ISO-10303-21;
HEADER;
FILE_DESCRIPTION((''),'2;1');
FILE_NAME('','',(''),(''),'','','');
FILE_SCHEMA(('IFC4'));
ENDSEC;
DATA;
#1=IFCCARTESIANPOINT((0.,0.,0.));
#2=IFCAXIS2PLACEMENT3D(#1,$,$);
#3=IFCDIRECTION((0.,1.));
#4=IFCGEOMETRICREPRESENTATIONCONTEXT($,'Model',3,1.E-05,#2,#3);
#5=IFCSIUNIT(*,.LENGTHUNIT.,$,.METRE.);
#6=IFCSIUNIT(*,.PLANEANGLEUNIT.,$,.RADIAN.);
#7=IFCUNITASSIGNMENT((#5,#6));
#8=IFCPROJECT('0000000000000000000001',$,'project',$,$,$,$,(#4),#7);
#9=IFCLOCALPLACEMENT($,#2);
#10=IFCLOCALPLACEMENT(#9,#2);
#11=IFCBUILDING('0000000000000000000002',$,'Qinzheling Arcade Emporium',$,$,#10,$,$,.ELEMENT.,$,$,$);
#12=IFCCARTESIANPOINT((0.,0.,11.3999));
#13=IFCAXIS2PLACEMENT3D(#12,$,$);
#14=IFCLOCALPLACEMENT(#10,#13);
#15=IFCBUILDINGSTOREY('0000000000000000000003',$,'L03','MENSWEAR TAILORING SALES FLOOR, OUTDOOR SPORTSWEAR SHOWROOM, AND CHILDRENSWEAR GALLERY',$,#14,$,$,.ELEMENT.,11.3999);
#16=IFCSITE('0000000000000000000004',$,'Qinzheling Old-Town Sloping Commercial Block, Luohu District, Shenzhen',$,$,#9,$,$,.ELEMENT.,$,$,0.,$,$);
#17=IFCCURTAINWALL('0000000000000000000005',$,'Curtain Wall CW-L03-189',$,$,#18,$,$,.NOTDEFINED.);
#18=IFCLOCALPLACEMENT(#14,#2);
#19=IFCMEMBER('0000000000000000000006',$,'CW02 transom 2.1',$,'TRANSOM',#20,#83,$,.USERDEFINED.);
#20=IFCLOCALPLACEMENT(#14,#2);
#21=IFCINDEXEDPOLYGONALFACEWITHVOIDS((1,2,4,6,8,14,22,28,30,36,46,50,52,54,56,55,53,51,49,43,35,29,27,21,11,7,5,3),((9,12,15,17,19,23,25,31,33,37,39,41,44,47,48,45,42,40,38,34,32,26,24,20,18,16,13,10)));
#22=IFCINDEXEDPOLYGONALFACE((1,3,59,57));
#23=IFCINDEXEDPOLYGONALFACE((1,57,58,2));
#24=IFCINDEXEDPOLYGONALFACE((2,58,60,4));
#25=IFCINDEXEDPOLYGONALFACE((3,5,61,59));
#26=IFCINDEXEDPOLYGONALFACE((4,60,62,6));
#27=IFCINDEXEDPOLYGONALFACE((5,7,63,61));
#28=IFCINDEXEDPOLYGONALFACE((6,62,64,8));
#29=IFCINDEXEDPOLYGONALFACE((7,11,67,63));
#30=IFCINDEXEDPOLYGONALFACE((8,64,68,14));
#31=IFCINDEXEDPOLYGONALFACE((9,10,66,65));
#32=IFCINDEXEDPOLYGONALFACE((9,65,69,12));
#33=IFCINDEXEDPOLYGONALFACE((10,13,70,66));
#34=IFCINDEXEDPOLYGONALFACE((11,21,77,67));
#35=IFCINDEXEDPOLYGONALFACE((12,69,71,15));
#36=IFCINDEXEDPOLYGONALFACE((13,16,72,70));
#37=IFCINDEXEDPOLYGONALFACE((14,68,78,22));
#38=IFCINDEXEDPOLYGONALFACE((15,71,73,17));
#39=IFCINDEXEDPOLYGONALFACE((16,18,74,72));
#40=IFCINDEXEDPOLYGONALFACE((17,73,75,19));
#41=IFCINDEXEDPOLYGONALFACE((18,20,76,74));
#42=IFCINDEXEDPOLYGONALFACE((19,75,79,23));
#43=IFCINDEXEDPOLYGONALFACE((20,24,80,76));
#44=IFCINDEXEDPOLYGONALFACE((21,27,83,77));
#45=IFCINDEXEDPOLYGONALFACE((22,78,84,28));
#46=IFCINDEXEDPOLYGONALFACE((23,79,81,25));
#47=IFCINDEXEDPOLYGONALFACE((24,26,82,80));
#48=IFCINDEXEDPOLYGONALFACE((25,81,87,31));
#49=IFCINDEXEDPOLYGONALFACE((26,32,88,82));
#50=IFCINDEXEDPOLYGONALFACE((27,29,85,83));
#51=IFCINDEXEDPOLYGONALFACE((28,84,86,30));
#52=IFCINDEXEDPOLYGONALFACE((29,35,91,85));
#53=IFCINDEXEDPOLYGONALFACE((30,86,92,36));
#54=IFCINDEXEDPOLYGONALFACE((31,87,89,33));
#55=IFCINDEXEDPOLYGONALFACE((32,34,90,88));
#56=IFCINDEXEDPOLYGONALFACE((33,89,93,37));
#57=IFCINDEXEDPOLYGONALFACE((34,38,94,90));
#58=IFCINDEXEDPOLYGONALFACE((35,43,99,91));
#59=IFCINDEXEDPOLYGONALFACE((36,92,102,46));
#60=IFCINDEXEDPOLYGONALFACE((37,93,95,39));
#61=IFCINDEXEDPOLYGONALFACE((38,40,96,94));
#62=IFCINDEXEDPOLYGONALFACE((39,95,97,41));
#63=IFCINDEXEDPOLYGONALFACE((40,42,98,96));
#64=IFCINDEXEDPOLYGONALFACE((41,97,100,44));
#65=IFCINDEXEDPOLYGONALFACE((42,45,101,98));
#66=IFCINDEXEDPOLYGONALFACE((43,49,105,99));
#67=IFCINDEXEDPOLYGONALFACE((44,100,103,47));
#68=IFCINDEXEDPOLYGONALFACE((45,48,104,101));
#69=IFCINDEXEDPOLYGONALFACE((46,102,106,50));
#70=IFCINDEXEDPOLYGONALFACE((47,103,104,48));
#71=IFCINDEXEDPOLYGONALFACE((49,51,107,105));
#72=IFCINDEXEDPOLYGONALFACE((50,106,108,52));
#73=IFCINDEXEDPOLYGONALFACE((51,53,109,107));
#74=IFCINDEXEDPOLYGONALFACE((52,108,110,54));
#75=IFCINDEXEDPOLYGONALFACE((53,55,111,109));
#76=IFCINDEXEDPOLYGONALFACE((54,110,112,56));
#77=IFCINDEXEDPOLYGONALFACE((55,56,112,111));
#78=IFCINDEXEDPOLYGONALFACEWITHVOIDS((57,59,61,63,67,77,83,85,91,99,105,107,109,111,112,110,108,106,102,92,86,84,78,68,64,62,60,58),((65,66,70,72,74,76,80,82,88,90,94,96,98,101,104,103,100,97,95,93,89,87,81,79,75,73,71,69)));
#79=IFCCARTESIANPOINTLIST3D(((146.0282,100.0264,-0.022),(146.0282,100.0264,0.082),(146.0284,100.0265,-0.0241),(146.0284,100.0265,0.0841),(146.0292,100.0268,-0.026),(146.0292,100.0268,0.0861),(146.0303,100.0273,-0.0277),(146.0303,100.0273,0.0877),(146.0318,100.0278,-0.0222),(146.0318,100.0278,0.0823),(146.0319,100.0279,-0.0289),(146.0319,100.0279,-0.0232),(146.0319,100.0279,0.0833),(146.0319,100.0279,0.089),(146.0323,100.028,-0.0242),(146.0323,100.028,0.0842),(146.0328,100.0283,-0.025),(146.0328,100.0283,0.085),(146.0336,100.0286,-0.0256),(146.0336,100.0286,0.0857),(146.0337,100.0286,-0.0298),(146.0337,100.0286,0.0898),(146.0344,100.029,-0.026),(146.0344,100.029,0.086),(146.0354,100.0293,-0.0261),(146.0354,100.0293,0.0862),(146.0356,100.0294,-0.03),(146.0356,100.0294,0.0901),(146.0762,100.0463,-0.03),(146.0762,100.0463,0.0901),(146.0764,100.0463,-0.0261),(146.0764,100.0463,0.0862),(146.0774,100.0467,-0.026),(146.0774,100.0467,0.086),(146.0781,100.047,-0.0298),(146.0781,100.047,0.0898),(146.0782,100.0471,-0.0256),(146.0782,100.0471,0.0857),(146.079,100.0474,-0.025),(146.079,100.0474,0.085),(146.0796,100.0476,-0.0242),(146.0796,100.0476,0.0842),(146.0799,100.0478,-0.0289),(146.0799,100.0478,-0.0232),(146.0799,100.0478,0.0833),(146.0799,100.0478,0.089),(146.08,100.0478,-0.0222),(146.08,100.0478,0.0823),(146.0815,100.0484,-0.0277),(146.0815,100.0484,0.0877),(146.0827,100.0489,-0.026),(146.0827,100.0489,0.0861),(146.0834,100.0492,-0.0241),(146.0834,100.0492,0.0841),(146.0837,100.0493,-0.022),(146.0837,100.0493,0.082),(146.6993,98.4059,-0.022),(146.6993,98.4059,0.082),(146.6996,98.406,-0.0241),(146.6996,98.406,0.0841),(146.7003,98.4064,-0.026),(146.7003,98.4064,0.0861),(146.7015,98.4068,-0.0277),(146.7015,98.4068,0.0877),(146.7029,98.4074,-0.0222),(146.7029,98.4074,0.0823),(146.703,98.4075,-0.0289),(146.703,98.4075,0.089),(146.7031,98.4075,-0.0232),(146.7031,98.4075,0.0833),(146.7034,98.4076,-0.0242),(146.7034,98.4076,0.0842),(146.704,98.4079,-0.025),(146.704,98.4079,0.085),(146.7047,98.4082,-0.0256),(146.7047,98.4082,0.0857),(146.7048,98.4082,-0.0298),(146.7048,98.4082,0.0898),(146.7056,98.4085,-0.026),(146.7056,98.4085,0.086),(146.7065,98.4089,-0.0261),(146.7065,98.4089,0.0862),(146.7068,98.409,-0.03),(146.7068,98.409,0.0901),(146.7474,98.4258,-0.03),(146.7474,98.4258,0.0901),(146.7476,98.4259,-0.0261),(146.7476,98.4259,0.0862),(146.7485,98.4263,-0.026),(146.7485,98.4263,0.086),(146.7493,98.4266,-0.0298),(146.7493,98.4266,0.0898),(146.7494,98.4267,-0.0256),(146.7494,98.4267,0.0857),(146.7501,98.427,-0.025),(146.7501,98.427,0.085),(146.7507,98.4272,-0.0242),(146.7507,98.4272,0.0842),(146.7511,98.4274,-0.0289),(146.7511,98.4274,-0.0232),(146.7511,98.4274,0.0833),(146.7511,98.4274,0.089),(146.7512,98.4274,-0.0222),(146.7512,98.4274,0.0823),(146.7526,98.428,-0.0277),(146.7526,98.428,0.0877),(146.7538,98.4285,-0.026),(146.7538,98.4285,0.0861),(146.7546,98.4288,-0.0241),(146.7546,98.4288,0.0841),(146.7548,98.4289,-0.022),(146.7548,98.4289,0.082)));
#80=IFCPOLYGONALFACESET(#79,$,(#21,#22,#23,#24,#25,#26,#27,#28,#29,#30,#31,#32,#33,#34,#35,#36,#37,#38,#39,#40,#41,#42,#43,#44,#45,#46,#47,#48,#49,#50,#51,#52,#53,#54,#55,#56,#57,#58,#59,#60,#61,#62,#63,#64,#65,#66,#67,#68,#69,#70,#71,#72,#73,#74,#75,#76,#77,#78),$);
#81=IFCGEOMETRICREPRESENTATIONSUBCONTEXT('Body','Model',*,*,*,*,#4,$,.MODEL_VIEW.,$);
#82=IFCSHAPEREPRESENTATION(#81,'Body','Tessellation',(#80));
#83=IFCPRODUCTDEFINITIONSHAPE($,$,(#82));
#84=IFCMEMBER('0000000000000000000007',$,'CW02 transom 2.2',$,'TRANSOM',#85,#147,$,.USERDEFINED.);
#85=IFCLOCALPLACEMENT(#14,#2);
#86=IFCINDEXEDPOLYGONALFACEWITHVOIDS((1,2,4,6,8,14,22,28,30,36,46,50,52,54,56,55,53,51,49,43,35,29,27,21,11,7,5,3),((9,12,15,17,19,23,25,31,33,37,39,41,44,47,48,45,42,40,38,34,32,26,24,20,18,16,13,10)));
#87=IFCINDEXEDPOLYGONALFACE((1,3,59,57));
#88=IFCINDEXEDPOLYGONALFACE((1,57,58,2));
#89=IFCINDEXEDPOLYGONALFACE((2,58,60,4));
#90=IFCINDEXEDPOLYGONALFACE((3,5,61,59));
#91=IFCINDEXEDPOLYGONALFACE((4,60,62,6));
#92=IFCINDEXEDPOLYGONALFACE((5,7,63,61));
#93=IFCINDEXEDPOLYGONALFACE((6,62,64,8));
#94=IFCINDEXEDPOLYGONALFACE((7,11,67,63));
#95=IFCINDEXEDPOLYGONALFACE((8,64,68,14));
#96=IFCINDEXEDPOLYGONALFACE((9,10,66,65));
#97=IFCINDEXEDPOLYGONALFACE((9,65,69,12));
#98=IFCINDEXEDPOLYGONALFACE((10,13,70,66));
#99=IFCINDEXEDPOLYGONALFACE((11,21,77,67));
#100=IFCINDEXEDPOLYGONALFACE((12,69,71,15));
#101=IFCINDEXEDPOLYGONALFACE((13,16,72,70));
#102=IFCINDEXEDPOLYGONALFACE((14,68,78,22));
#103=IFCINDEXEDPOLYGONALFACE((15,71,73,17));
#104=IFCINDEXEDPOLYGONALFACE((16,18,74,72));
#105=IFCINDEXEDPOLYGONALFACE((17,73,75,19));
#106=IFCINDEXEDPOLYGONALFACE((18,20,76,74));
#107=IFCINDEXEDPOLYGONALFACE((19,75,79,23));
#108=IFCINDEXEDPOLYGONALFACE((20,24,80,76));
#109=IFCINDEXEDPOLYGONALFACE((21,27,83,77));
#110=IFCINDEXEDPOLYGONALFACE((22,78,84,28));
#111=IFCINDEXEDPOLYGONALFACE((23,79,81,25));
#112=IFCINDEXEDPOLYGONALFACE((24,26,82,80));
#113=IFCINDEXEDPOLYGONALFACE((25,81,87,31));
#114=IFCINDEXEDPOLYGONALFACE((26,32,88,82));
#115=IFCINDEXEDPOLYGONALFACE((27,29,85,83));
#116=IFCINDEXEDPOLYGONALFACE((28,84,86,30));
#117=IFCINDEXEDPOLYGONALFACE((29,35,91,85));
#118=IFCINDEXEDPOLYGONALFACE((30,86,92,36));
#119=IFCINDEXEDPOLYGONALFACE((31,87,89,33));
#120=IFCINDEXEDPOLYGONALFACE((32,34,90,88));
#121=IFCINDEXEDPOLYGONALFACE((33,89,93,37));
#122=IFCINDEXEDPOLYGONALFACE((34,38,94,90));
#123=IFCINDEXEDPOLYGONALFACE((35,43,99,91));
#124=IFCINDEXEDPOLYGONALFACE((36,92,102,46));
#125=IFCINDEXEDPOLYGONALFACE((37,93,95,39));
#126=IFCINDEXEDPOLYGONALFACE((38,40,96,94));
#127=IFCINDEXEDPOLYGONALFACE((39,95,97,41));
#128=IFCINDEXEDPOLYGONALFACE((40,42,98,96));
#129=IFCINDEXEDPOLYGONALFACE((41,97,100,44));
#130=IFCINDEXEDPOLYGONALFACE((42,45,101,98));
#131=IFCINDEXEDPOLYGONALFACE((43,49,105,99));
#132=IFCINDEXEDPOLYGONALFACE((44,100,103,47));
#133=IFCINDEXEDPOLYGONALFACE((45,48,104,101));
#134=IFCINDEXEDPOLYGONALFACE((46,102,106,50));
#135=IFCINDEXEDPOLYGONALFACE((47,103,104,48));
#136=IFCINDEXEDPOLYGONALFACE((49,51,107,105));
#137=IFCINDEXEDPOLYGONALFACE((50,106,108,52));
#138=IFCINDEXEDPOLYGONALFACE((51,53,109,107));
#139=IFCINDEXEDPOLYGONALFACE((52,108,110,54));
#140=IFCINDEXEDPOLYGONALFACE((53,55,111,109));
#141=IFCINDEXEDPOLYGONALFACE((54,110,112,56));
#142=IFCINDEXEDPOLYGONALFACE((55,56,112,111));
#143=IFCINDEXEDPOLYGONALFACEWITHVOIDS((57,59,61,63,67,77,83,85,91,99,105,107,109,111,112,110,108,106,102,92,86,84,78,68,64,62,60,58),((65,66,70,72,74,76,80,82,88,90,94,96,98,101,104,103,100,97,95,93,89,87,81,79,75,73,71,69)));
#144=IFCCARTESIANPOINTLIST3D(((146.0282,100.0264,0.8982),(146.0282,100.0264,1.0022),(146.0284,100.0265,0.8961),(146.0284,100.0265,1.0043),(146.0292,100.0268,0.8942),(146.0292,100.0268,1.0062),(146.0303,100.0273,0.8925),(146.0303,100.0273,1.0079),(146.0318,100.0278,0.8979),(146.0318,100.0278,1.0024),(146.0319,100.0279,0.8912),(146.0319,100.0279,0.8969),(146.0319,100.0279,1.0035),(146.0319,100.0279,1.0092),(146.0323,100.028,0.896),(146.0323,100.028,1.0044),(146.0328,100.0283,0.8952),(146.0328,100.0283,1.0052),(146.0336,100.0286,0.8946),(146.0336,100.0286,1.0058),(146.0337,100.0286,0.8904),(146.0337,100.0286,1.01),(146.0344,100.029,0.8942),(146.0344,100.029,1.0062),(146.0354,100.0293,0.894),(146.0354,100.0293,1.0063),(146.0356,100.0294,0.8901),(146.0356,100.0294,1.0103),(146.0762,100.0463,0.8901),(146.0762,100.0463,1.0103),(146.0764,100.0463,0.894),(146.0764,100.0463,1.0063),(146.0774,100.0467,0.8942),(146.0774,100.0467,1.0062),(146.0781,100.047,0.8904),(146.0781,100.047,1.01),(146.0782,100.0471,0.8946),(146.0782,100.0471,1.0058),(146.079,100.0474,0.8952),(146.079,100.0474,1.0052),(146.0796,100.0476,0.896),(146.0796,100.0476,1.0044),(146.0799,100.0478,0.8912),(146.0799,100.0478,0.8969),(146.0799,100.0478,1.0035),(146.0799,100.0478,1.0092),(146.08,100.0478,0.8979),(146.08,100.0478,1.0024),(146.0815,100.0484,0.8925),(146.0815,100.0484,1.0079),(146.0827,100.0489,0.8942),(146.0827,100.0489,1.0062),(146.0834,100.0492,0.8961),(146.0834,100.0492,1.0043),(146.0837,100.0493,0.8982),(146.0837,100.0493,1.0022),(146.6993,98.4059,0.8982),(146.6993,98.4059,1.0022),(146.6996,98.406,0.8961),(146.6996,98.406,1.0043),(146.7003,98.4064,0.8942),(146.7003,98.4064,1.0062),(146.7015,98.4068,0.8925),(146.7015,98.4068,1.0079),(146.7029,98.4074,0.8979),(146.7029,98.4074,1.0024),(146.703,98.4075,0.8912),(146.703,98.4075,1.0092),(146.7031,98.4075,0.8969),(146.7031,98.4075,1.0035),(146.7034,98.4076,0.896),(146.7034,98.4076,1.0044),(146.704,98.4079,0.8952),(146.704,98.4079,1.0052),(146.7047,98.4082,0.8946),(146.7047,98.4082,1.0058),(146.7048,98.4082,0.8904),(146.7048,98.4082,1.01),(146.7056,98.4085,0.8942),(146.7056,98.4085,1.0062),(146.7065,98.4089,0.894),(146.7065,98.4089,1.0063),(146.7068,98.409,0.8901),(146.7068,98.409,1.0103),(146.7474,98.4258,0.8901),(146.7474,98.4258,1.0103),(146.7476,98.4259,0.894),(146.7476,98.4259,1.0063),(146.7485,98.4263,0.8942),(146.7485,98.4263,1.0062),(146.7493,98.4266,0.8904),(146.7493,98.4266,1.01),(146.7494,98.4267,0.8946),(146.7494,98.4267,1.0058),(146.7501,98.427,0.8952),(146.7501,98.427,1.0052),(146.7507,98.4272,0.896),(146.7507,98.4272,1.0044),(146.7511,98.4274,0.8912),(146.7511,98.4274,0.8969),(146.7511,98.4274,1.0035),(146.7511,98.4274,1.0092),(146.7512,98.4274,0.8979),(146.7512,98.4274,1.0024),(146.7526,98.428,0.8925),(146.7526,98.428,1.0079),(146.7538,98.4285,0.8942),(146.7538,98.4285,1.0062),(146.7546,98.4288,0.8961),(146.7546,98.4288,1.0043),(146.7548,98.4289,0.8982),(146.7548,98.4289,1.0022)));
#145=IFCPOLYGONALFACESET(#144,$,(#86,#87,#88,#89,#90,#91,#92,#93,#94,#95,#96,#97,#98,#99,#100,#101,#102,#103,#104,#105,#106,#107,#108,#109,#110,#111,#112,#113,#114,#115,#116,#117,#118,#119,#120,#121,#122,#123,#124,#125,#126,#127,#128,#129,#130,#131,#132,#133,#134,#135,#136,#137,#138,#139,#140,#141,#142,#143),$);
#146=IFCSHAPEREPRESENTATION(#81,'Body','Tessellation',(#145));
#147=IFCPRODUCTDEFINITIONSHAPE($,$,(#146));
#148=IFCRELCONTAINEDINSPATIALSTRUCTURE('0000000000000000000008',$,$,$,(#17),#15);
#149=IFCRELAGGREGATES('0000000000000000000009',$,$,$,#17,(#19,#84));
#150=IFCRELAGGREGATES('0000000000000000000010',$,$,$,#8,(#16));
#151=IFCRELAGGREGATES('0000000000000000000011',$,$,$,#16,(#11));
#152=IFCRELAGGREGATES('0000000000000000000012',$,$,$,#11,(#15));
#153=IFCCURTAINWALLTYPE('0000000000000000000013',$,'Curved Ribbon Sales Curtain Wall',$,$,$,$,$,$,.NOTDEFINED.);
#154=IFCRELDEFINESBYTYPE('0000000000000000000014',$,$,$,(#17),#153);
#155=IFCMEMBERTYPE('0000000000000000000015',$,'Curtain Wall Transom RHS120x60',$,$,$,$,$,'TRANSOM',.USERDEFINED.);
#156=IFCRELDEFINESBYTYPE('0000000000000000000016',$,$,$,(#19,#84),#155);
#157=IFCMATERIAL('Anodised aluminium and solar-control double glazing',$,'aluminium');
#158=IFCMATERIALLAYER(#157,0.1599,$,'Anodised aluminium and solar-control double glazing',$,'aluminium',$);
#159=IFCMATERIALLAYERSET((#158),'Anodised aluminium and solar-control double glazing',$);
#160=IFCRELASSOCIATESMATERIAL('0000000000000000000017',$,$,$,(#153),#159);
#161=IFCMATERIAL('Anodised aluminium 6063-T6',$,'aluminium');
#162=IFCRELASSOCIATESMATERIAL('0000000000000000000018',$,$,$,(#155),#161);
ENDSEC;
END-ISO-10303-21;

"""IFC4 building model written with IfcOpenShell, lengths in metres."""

from ifc_helpers import new_model, si_unit, direction, frame, origin, origin_2d, place, context, subcontext, project, spatial, hollow_rectangle, extrude, material, layer, layer_set, material_profile, profile_set, type_object, element, aggregate, save


model = new_model("IFC4")

# Units and contexts
model_context = context("Model", 3, precision=1e-05, world=origin(), true_north=direction((0.0, 1.0)))
body_context = subcontext(model_context, "Body", "Model", "MODEL_VIEW")
ifc_project = project(units=[si_unit("LENGTHUNIT", "METRE"), si_unit("PLANEANGLEUNIT", "RADIAN")], contexts=[model_context])

# Site, building, storey
site_placement = place(None, origin())
site = spatial("IfcSite", under=ifc_project, at=site_placement, Name="Qinzheling Old-Town Sloping Commercial Block, Luohu District, Shenzhen", CompositionType="ELEMENT", RefElevation=0.0)
building_placement = place(site_placement, origin())
building = spatial("IfcBuilding", under=site, at=building_placement, Name="Qinzheling Arcade Emporium", CompositionType="ELEMENT")
storey_placement = place(building_placement, frame((0.0, 0.0, 11.3999)))
storey = spatial("IfcBuildingStorey", under=building, at=storey_placement, Name="L03", Description="MENSWEAR TAILORING SALES FLOOR, OUTDOOR SPORTSWEAR SHOWROOM, AND CHILDRENSWEAR GALLERY", CompositionType="ELEMENT", Elevation=11.3999)

# Curtain wall
ifc_material_1 = material(Name="Anodised aluminium and solar-control double glazing", Category="aluminium")
ifc_layer_1 = layer(ifc_material_1, 0.1599, Name="Anodised aluminium and solar-control double glazing", Category="aluminium")
ifc_layer_set_1 = layer_set([ifc_layer_1], Name="Anodised aluminium and solar-control double glazing")
curtain_wall_type = type_object("IfcCurtainWallType", Name="Curved Ribbon Sales Curtain Wall", PredefinedType="NOTDEFINED", material=ifc_layer_set_1)
curtain_wall_1_placement = place(storey_placement, origin())
curtain_wall_1 = element("IfcCurtainWall", 1, at=curtain_wall_1_placement, inside=storey, type_object=curtain_wall_type, Name="Curtain Wall CW-L03-189", PredefinedType="NOTDEFINED")
ifc_material_2 = material(Name="Anodised aluminium 6063-T6", Category="aluminium")

# Members
ifc_material_profile_1 = material_profile(ifc_material_2, hollow_rectangle(XDim=0.0601, YDim=0.1201, WallThickness=0.0039, InnerFilletRadius=0.0039, OuterFilletRadius=0.0081, at=origin_2d()), Name="RHS 120x60x4", Category="aluminium")
ifc_profile_set_1 = profile_set([ifc_material_profile_1], Name="Anodised aluminium 6063-T6")
member_type_1 = type_object("IfcMemberType", Name="Curtain Wall Transom RHS120x60", ElementType="TRANSOM", PredefinedType="USERDEFINED", material=ifc_profile_set_1)
member_1_placement = place(storey_placement, frame((146.0559, 100.0378, 0.03), z_axis=(0.382667, -0.923886, 0.0), x_axis=(0.923886, 0.382667, 0.0)))
member_1 = element("IfcMember", 2, at=member_1_placement, type_object=member_type_1, Name="CW02 transom 2.1", ObjectType="TRANSOM", PredefinedType="USERDEFINED", context=body_context, shape_type="SweptSolid", body=[
    extrude(hollow_rectangle(XDim=0.0601, YDim=0.1201, WallThickness=0.0039, InnerFilletRadius=0.0039, OuterFilletRadius=0.0081, at=origin_2d()), origin(), (0.0, 0.0, 1.0), 1.7539),
])
member_2_placement = place(storey_placement, frame((146.0559, 100.0378, 0.9502), z_axis=(0.382667, -0.923886, 0.0), x_axis=(0.923886, 0.382667, 0.0)))
member_2 = element("IfcMember", 3, at=member_2_placement, type_object=member_type_1, Name="CW02 transom 2.2", ObjectType="TRANSOM", PredefinedType="USERDEFINED", context=body_context, shape_type="SweptSolid", body=[
    extrude(hollow_rectangle(XDim=0.0601, YDim=0.1201, WallThickness=0.0039, InnerFilletRadius=0.0039, OuterFilletRadius=0.0081, at=origin_2d()), origin(), (0.0, 0.0, 1.0), 1.7539),
])

aggregate(curtain_wall_1, [member_1, member_2])

save(model, "model.ifc")
